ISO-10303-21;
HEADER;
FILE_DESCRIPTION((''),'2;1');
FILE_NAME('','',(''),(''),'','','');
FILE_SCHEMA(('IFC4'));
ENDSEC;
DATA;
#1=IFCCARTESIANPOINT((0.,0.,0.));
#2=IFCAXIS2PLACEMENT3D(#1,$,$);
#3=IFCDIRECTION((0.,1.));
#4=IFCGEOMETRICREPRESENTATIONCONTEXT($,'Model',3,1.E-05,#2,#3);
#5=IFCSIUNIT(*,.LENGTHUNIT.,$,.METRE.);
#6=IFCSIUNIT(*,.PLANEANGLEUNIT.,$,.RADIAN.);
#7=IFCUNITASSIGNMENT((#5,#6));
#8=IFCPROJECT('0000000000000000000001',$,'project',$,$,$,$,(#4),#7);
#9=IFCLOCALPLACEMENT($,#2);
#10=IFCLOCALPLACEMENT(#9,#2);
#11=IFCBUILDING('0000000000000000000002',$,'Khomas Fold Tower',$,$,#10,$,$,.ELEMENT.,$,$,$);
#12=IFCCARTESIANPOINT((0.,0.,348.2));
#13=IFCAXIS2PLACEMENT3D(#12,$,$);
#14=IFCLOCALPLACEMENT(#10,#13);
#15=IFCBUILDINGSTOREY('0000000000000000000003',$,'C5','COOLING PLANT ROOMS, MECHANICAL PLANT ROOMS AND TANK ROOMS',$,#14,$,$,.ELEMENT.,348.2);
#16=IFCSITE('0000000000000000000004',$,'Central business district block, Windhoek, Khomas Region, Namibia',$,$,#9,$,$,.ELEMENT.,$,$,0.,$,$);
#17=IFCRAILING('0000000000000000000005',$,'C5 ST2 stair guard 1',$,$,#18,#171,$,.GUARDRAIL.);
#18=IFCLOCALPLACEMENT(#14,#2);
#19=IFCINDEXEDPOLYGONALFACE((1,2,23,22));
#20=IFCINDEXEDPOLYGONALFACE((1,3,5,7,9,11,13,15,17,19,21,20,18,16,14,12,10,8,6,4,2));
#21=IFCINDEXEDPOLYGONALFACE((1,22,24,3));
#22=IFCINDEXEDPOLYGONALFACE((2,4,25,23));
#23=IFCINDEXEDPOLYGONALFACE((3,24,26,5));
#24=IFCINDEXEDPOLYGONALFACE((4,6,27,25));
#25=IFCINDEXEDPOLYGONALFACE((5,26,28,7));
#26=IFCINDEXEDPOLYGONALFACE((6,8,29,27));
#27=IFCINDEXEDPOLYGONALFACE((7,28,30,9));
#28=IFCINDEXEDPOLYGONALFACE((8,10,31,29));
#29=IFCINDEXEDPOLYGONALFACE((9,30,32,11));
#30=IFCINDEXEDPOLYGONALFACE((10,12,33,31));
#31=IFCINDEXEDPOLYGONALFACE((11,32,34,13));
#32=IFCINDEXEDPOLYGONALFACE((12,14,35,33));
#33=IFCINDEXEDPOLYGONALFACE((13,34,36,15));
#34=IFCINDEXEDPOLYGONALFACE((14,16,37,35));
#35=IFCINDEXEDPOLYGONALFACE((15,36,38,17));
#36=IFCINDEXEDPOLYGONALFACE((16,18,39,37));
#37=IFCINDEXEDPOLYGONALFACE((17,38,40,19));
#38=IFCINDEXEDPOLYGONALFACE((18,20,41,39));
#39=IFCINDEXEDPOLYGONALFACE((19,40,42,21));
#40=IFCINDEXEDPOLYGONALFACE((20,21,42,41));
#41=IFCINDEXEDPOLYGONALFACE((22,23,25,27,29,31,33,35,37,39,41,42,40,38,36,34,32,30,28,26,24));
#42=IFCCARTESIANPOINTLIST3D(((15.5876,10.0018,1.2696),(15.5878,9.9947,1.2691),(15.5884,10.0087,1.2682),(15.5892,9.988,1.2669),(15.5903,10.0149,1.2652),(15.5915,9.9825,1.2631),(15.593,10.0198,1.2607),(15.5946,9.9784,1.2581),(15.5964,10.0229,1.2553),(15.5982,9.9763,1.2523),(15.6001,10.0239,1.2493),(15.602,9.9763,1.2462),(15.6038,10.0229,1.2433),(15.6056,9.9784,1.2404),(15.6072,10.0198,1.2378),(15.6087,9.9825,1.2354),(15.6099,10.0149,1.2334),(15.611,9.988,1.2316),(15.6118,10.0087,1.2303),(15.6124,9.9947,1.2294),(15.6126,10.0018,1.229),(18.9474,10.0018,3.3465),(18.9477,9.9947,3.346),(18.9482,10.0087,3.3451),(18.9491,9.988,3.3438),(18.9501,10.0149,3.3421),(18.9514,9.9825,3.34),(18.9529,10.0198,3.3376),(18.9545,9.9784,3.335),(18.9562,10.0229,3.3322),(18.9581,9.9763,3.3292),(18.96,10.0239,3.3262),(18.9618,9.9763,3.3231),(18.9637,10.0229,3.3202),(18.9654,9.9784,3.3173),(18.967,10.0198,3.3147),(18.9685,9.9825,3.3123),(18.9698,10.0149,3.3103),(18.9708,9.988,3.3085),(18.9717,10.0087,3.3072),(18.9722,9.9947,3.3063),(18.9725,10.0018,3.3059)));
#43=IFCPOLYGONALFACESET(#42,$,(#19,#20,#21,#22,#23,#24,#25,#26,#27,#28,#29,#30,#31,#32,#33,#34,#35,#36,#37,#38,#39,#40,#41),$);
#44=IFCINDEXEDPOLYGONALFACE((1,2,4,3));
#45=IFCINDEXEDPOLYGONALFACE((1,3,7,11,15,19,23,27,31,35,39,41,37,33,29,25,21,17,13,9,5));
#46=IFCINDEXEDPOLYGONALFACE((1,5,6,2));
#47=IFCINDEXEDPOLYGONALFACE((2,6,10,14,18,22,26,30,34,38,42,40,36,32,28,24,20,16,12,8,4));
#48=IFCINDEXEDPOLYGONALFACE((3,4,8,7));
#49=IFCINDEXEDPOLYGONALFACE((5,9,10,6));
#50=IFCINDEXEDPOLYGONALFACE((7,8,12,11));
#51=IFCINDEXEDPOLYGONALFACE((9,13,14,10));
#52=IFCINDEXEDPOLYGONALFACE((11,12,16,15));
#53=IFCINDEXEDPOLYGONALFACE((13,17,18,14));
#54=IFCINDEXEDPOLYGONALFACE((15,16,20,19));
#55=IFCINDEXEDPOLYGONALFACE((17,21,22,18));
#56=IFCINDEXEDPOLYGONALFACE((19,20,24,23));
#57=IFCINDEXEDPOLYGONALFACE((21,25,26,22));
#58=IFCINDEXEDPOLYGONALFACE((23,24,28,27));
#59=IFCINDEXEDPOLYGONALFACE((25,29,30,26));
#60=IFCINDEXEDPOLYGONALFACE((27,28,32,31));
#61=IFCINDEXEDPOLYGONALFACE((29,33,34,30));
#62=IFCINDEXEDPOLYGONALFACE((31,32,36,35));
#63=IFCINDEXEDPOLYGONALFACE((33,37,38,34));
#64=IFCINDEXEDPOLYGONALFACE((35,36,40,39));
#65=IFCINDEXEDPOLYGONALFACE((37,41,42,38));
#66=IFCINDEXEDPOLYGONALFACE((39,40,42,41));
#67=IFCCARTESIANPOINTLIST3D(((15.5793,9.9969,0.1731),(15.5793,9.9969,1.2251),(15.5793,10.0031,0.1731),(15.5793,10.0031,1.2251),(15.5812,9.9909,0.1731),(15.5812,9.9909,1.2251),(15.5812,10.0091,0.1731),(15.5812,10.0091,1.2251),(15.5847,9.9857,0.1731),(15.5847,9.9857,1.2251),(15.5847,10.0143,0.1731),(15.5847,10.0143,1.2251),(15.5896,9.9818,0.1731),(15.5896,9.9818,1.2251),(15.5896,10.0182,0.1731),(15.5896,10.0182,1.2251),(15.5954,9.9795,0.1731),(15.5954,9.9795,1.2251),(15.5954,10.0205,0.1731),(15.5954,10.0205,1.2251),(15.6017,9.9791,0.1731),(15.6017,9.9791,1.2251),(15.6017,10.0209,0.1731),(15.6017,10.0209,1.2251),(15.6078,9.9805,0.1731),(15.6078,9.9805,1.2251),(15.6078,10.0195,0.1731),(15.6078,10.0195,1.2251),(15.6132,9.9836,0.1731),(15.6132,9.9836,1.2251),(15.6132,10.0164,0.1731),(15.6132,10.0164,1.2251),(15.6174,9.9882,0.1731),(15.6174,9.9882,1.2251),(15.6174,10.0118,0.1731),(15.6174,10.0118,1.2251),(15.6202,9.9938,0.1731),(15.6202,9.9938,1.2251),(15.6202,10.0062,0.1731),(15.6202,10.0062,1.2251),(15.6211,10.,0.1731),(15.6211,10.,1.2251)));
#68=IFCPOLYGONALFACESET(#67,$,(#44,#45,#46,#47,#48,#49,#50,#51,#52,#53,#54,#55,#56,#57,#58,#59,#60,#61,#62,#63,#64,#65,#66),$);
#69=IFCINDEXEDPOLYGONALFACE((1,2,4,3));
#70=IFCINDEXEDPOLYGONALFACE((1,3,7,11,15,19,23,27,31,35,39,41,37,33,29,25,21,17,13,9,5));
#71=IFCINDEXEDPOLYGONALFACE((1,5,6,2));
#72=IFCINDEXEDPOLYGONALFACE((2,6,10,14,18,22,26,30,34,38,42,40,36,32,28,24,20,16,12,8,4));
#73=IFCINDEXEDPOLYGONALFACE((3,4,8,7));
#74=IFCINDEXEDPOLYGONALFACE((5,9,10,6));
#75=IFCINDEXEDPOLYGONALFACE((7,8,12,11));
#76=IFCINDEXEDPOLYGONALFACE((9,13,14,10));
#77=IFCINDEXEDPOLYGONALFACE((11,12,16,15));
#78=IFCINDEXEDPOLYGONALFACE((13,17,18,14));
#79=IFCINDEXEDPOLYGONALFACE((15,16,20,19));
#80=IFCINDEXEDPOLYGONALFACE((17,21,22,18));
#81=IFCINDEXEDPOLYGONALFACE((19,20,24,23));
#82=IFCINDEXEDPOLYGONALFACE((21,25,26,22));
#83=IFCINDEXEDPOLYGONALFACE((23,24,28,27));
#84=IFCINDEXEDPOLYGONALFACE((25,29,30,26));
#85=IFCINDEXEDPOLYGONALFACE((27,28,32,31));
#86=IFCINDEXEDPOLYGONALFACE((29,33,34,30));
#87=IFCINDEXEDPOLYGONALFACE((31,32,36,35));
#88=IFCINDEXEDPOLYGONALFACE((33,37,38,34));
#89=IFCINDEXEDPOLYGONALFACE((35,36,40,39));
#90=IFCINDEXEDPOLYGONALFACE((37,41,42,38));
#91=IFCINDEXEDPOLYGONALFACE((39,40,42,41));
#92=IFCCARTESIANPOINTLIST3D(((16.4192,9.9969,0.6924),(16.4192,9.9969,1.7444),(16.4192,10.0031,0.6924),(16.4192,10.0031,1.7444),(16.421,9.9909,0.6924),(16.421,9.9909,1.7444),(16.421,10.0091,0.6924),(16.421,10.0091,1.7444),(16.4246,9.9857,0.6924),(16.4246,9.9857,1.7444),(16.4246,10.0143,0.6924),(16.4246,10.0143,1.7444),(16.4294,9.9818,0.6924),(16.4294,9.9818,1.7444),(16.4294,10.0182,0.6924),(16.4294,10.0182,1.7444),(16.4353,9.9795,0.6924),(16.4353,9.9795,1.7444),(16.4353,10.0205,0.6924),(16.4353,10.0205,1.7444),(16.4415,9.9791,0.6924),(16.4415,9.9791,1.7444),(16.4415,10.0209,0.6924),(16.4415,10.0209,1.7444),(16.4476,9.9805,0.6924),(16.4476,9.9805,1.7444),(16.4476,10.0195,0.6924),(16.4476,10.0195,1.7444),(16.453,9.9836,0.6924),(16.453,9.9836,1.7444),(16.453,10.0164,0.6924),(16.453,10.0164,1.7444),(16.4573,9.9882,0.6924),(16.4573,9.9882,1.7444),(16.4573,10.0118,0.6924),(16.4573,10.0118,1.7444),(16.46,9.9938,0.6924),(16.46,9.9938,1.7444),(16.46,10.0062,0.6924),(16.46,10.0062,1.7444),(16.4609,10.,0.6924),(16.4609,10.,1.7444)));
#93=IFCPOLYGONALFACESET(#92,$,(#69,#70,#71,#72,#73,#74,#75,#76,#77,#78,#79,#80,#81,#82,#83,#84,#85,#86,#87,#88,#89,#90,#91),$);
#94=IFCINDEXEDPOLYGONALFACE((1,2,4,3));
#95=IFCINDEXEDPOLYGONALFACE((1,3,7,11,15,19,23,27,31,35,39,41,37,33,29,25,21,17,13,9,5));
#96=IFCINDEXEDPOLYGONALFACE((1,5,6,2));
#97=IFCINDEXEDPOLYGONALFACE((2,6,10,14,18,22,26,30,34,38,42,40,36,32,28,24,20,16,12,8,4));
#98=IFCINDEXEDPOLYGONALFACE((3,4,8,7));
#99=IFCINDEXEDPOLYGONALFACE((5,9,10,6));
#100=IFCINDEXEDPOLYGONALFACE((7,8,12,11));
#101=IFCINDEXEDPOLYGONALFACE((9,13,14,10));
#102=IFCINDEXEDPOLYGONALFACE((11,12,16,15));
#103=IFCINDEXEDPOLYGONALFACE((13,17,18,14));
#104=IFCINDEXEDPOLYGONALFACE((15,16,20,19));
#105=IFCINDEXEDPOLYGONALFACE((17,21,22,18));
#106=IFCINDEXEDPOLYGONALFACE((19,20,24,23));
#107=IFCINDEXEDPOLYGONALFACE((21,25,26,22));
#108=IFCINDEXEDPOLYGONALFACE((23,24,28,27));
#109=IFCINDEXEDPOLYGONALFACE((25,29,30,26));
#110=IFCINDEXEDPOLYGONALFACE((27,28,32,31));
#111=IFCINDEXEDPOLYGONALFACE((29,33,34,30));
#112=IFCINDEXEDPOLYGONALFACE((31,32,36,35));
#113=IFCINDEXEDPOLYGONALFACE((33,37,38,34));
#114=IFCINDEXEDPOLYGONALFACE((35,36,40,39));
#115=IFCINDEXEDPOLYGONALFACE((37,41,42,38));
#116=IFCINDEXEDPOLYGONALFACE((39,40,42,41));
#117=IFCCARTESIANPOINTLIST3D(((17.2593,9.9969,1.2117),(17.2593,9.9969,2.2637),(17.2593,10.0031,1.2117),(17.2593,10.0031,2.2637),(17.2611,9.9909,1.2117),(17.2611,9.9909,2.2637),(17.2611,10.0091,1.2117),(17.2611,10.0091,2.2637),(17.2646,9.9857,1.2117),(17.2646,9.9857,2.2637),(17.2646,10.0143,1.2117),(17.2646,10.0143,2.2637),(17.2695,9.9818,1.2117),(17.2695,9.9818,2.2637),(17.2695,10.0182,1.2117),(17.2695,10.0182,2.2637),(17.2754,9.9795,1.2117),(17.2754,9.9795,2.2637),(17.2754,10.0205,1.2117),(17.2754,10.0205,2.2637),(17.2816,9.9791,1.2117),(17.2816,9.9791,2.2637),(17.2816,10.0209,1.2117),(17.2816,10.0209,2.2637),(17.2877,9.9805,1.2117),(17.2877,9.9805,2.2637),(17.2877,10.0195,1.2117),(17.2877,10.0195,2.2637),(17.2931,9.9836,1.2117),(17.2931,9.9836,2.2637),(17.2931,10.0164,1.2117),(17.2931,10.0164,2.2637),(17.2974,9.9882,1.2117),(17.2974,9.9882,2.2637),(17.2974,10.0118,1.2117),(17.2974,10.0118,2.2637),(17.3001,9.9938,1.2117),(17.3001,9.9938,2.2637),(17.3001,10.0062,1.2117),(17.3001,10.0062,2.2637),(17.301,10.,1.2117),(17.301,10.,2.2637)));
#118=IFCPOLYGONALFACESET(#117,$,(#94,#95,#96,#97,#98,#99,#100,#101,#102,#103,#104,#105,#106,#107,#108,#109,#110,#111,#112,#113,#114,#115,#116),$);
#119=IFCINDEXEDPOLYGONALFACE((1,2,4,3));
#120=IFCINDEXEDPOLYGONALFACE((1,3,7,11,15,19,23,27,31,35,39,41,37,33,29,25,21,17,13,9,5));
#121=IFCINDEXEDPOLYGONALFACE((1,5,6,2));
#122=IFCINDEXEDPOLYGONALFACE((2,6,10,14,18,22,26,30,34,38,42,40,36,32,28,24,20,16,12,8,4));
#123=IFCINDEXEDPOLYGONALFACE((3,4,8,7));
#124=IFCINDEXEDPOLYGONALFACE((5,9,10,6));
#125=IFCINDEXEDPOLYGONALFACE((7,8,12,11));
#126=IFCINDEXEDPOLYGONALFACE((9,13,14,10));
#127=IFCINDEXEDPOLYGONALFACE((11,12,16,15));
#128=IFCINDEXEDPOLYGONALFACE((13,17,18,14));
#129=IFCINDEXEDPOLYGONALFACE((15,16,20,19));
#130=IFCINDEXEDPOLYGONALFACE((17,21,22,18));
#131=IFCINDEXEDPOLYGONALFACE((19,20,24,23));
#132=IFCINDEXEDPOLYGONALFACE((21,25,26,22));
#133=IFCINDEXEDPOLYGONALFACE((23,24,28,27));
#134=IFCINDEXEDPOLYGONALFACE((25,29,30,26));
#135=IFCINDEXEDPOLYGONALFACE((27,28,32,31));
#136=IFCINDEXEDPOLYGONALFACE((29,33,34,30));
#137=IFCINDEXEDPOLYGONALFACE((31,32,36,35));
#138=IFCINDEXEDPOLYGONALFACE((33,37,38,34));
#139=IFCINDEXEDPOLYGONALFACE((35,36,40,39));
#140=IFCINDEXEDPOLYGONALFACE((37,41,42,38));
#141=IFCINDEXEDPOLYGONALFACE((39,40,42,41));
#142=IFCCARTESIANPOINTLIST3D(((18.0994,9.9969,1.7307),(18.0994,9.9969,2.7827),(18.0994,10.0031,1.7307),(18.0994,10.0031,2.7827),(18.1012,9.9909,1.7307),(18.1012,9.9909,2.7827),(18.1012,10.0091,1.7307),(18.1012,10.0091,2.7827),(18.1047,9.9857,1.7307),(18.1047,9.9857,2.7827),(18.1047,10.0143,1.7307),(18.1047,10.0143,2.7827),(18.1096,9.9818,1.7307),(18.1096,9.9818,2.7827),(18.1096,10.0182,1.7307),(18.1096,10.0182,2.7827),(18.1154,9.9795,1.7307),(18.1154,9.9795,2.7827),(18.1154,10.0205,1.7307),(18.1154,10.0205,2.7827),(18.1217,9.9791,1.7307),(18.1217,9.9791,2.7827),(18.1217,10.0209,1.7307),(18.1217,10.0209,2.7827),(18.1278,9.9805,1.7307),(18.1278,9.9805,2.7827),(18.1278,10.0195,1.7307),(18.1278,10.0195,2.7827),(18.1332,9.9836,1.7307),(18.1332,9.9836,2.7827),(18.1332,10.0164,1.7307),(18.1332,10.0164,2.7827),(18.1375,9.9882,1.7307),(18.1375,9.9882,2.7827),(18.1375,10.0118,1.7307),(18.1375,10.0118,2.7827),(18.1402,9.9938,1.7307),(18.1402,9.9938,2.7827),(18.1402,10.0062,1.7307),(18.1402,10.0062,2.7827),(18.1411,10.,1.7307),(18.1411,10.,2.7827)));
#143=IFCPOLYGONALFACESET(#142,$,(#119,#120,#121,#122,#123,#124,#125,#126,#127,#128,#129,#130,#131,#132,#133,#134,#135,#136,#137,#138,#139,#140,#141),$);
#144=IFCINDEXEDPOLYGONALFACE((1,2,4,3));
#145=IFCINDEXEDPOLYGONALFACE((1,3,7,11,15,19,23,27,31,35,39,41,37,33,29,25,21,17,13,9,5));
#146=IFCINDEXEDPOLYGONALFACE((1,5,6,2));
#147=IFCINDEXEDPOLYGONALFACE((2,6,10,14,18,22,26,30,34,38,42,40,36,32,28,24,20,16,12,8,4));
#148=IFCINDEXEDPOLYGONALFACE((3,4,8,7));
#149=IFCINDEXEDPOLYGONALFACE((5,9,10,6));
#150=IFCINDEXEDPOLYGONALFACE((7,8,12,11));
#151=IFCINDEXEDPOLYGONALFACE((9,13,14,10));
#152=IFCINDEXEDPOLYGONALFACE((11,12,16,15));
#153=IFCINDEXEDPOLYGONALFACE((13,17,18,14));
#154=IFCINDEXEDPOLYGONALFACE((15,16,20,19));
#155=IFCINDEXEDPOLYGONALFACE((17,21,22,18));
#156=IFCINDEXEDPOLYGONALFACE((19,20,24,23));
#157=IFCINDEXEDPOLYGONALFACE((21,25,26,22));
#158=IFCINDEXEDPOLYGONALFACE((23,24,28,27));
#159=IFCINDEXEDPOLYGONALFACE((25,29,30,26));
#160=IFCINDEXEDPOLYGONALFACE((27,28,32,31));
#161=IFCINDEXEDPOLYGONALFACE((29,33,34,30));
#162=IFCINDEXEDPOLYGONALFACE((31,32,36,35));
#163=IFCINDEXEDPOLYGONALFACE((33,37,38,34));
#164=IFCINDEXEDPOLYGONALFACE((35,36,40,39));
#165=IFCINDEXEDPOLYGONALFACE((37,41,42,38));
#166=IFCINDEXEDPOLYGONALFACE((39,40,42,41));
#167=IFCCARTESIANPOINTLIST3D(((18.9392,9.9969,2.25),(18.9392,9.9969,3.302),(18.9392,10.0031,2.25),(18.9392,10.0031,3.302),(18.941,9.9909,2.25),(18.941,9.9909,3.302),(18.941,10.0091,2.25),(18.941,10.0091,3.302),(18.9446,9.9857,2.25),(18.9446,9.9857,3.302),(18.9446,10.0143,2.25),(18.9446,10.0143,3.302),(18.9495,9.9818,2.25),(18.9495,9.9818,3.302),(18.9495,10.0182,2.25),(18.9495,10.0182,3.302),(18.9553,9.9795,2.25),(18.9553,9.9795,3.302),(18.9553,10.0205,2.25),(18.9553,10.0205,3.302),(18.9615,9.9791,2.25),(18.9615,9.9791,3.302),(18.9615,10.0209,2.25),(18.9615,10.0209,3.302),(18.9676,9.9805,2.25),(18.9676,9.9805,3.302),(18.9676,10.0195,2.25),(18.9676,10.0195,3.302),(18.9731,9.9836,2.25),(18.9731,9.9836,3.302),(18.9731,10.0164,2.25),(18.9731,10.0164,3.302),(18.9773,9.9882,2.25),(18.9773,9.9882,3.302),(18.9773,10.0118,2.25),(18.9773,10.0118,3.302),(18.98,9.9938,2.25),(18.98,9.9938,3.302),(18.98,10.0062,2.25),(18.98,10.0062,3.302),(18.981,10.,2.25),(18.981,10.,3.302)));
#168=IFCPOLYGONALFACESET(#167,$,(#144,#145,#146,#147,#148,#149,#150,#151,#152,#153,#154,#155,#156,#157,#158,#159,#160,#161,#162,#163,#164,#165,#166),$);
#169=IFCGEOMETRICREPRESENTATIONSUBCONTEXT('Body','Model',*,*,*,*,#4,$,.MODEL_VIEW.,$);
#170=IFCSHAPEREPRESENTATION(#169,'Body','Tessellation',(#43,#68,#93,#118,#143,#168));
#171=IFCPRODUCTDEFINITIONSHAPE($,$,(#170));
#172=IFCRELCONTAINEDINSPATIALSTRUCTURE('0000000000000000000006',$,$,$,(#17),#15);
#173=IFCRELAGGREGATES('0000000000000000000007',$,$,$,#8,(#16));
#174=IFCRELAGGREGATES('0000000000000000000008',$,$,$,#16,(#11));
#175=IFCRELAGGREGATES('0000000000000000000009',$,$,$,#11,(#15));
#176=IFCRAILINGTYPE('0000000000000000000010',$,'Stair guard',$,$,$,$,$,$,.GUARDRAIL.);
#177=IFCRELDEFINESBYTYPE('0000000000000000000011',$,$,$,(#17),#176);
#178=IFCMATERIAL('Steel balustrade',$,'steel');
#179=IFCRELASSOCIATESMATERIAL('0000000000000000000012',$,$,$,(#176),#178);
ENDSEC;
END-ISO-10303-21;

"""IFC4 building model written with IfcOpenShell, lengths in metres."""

from ifc_helpers import new_model, si_unit, direction, frame, origin, origin_2d, place, context, subcontext, project, spatial, circle, extrude, source, transform, mapped, material, type_object, element, save


model = new_model("IFC4")

# Units and contexts
model_context = context("Model", 3, precision=1e-05, world=origin(), true_north=direction((0.0, 1.0)))
body_context = subcontext(model_context, "Body", "Model", "MODEL_VIEW")
ifc_project = project(units=[si_unit("LENGTHUNIT", "METRE"), si_unit("PLANEANGLEUNIT", "RADIAN")], contexts=[model_context])

# Site, building, storey
site_placement = place(None, origin())
site = spatial("IfcSite", under=ifc_project, at=site_placement, Name="Central business district block, Windhoek, Khomas Region, Namibia", CompositionType="ELEMENT", RefElevation=0.0)
building_placement = place(site_placement, origin())
building = spatial("IfcBuilding", under=site, at=building_placement, Name="Khomas Fold Tower", CompositionType="ELEMENT")
storey_placement = place(building_placement, frame((0.0, 0.0, 348.2)))
storey = spatial("IfcBuildingStorey", under=building, at=storey_placement, Name="C5", Description="COOLING PLANT ROOMS, MECHANICAL PLANT ROOMS AND TANK ROOMS", CompositionType="ELEMENT", Elevation=348.2)

# Railing
ifc_material_1 = material(Name="Steel balustrade", Category="steel")
railing_type_1 = type_object("IfcRailingType", Name="Stair guard", PredefinedType="GUARDRAIL", material=ifc_material_1)
shared_shape_1 = source(origin(), body_context, "Body", "SweptSolid", [
    extrude(circle(Radius=0.0239, at=origin_2d()), frame((0.0, 0.0, 1.0762), z_axis=(0.850606, 0.0, 0.525803), x_axis=(0.0, 1.0, 0.0)), (0.0, 0.0, 1.0), 3.95),
    extrude(circle(Radius=0.021, at=origin_2d()), origin(), (0.0, 0.0, 1.0), 1.052),
    extrude(circle(Radius=0.021, at=origin_2d()), frame((0.8398, 0.0, 0.5193)), (0.0, 0.0, 1.0), 1.052),
    extrude(circle(Radius=0.021, at=origin_2d()), frame((1.6799, 0.0, 1.0386)), (0.0, 0.0, 1.0), 1.052),
    extrude(circle(Radius=0.021, at=origin_2d()), frame((2.52, 0.0, 1.5576)), (0.0, 0.0, 1.0), 1.052),
    extrude(circle(Radius=0.021, at=origin_2d()), frame((3.3599, 0.0, 2.0769)), (0.0, 0.0, 1.0), 1.052),
])
railing_1_placement = place(storey_placement, frame((15.6001, 10.0, 0.1731)))
element("IfcRailing", 1, at=railing_1_placement, inside=storey, type_object=railing_type_1, Name="C5 ST2 stair guard 1", PredefinedType="GUARDRAIL", context=body_context, shape_type="MappedRepresentation", body=[
    mapped(shared_shape_1, transform((0.0, 0.0, 0.0))),
])

save(model, "model.ifc")
